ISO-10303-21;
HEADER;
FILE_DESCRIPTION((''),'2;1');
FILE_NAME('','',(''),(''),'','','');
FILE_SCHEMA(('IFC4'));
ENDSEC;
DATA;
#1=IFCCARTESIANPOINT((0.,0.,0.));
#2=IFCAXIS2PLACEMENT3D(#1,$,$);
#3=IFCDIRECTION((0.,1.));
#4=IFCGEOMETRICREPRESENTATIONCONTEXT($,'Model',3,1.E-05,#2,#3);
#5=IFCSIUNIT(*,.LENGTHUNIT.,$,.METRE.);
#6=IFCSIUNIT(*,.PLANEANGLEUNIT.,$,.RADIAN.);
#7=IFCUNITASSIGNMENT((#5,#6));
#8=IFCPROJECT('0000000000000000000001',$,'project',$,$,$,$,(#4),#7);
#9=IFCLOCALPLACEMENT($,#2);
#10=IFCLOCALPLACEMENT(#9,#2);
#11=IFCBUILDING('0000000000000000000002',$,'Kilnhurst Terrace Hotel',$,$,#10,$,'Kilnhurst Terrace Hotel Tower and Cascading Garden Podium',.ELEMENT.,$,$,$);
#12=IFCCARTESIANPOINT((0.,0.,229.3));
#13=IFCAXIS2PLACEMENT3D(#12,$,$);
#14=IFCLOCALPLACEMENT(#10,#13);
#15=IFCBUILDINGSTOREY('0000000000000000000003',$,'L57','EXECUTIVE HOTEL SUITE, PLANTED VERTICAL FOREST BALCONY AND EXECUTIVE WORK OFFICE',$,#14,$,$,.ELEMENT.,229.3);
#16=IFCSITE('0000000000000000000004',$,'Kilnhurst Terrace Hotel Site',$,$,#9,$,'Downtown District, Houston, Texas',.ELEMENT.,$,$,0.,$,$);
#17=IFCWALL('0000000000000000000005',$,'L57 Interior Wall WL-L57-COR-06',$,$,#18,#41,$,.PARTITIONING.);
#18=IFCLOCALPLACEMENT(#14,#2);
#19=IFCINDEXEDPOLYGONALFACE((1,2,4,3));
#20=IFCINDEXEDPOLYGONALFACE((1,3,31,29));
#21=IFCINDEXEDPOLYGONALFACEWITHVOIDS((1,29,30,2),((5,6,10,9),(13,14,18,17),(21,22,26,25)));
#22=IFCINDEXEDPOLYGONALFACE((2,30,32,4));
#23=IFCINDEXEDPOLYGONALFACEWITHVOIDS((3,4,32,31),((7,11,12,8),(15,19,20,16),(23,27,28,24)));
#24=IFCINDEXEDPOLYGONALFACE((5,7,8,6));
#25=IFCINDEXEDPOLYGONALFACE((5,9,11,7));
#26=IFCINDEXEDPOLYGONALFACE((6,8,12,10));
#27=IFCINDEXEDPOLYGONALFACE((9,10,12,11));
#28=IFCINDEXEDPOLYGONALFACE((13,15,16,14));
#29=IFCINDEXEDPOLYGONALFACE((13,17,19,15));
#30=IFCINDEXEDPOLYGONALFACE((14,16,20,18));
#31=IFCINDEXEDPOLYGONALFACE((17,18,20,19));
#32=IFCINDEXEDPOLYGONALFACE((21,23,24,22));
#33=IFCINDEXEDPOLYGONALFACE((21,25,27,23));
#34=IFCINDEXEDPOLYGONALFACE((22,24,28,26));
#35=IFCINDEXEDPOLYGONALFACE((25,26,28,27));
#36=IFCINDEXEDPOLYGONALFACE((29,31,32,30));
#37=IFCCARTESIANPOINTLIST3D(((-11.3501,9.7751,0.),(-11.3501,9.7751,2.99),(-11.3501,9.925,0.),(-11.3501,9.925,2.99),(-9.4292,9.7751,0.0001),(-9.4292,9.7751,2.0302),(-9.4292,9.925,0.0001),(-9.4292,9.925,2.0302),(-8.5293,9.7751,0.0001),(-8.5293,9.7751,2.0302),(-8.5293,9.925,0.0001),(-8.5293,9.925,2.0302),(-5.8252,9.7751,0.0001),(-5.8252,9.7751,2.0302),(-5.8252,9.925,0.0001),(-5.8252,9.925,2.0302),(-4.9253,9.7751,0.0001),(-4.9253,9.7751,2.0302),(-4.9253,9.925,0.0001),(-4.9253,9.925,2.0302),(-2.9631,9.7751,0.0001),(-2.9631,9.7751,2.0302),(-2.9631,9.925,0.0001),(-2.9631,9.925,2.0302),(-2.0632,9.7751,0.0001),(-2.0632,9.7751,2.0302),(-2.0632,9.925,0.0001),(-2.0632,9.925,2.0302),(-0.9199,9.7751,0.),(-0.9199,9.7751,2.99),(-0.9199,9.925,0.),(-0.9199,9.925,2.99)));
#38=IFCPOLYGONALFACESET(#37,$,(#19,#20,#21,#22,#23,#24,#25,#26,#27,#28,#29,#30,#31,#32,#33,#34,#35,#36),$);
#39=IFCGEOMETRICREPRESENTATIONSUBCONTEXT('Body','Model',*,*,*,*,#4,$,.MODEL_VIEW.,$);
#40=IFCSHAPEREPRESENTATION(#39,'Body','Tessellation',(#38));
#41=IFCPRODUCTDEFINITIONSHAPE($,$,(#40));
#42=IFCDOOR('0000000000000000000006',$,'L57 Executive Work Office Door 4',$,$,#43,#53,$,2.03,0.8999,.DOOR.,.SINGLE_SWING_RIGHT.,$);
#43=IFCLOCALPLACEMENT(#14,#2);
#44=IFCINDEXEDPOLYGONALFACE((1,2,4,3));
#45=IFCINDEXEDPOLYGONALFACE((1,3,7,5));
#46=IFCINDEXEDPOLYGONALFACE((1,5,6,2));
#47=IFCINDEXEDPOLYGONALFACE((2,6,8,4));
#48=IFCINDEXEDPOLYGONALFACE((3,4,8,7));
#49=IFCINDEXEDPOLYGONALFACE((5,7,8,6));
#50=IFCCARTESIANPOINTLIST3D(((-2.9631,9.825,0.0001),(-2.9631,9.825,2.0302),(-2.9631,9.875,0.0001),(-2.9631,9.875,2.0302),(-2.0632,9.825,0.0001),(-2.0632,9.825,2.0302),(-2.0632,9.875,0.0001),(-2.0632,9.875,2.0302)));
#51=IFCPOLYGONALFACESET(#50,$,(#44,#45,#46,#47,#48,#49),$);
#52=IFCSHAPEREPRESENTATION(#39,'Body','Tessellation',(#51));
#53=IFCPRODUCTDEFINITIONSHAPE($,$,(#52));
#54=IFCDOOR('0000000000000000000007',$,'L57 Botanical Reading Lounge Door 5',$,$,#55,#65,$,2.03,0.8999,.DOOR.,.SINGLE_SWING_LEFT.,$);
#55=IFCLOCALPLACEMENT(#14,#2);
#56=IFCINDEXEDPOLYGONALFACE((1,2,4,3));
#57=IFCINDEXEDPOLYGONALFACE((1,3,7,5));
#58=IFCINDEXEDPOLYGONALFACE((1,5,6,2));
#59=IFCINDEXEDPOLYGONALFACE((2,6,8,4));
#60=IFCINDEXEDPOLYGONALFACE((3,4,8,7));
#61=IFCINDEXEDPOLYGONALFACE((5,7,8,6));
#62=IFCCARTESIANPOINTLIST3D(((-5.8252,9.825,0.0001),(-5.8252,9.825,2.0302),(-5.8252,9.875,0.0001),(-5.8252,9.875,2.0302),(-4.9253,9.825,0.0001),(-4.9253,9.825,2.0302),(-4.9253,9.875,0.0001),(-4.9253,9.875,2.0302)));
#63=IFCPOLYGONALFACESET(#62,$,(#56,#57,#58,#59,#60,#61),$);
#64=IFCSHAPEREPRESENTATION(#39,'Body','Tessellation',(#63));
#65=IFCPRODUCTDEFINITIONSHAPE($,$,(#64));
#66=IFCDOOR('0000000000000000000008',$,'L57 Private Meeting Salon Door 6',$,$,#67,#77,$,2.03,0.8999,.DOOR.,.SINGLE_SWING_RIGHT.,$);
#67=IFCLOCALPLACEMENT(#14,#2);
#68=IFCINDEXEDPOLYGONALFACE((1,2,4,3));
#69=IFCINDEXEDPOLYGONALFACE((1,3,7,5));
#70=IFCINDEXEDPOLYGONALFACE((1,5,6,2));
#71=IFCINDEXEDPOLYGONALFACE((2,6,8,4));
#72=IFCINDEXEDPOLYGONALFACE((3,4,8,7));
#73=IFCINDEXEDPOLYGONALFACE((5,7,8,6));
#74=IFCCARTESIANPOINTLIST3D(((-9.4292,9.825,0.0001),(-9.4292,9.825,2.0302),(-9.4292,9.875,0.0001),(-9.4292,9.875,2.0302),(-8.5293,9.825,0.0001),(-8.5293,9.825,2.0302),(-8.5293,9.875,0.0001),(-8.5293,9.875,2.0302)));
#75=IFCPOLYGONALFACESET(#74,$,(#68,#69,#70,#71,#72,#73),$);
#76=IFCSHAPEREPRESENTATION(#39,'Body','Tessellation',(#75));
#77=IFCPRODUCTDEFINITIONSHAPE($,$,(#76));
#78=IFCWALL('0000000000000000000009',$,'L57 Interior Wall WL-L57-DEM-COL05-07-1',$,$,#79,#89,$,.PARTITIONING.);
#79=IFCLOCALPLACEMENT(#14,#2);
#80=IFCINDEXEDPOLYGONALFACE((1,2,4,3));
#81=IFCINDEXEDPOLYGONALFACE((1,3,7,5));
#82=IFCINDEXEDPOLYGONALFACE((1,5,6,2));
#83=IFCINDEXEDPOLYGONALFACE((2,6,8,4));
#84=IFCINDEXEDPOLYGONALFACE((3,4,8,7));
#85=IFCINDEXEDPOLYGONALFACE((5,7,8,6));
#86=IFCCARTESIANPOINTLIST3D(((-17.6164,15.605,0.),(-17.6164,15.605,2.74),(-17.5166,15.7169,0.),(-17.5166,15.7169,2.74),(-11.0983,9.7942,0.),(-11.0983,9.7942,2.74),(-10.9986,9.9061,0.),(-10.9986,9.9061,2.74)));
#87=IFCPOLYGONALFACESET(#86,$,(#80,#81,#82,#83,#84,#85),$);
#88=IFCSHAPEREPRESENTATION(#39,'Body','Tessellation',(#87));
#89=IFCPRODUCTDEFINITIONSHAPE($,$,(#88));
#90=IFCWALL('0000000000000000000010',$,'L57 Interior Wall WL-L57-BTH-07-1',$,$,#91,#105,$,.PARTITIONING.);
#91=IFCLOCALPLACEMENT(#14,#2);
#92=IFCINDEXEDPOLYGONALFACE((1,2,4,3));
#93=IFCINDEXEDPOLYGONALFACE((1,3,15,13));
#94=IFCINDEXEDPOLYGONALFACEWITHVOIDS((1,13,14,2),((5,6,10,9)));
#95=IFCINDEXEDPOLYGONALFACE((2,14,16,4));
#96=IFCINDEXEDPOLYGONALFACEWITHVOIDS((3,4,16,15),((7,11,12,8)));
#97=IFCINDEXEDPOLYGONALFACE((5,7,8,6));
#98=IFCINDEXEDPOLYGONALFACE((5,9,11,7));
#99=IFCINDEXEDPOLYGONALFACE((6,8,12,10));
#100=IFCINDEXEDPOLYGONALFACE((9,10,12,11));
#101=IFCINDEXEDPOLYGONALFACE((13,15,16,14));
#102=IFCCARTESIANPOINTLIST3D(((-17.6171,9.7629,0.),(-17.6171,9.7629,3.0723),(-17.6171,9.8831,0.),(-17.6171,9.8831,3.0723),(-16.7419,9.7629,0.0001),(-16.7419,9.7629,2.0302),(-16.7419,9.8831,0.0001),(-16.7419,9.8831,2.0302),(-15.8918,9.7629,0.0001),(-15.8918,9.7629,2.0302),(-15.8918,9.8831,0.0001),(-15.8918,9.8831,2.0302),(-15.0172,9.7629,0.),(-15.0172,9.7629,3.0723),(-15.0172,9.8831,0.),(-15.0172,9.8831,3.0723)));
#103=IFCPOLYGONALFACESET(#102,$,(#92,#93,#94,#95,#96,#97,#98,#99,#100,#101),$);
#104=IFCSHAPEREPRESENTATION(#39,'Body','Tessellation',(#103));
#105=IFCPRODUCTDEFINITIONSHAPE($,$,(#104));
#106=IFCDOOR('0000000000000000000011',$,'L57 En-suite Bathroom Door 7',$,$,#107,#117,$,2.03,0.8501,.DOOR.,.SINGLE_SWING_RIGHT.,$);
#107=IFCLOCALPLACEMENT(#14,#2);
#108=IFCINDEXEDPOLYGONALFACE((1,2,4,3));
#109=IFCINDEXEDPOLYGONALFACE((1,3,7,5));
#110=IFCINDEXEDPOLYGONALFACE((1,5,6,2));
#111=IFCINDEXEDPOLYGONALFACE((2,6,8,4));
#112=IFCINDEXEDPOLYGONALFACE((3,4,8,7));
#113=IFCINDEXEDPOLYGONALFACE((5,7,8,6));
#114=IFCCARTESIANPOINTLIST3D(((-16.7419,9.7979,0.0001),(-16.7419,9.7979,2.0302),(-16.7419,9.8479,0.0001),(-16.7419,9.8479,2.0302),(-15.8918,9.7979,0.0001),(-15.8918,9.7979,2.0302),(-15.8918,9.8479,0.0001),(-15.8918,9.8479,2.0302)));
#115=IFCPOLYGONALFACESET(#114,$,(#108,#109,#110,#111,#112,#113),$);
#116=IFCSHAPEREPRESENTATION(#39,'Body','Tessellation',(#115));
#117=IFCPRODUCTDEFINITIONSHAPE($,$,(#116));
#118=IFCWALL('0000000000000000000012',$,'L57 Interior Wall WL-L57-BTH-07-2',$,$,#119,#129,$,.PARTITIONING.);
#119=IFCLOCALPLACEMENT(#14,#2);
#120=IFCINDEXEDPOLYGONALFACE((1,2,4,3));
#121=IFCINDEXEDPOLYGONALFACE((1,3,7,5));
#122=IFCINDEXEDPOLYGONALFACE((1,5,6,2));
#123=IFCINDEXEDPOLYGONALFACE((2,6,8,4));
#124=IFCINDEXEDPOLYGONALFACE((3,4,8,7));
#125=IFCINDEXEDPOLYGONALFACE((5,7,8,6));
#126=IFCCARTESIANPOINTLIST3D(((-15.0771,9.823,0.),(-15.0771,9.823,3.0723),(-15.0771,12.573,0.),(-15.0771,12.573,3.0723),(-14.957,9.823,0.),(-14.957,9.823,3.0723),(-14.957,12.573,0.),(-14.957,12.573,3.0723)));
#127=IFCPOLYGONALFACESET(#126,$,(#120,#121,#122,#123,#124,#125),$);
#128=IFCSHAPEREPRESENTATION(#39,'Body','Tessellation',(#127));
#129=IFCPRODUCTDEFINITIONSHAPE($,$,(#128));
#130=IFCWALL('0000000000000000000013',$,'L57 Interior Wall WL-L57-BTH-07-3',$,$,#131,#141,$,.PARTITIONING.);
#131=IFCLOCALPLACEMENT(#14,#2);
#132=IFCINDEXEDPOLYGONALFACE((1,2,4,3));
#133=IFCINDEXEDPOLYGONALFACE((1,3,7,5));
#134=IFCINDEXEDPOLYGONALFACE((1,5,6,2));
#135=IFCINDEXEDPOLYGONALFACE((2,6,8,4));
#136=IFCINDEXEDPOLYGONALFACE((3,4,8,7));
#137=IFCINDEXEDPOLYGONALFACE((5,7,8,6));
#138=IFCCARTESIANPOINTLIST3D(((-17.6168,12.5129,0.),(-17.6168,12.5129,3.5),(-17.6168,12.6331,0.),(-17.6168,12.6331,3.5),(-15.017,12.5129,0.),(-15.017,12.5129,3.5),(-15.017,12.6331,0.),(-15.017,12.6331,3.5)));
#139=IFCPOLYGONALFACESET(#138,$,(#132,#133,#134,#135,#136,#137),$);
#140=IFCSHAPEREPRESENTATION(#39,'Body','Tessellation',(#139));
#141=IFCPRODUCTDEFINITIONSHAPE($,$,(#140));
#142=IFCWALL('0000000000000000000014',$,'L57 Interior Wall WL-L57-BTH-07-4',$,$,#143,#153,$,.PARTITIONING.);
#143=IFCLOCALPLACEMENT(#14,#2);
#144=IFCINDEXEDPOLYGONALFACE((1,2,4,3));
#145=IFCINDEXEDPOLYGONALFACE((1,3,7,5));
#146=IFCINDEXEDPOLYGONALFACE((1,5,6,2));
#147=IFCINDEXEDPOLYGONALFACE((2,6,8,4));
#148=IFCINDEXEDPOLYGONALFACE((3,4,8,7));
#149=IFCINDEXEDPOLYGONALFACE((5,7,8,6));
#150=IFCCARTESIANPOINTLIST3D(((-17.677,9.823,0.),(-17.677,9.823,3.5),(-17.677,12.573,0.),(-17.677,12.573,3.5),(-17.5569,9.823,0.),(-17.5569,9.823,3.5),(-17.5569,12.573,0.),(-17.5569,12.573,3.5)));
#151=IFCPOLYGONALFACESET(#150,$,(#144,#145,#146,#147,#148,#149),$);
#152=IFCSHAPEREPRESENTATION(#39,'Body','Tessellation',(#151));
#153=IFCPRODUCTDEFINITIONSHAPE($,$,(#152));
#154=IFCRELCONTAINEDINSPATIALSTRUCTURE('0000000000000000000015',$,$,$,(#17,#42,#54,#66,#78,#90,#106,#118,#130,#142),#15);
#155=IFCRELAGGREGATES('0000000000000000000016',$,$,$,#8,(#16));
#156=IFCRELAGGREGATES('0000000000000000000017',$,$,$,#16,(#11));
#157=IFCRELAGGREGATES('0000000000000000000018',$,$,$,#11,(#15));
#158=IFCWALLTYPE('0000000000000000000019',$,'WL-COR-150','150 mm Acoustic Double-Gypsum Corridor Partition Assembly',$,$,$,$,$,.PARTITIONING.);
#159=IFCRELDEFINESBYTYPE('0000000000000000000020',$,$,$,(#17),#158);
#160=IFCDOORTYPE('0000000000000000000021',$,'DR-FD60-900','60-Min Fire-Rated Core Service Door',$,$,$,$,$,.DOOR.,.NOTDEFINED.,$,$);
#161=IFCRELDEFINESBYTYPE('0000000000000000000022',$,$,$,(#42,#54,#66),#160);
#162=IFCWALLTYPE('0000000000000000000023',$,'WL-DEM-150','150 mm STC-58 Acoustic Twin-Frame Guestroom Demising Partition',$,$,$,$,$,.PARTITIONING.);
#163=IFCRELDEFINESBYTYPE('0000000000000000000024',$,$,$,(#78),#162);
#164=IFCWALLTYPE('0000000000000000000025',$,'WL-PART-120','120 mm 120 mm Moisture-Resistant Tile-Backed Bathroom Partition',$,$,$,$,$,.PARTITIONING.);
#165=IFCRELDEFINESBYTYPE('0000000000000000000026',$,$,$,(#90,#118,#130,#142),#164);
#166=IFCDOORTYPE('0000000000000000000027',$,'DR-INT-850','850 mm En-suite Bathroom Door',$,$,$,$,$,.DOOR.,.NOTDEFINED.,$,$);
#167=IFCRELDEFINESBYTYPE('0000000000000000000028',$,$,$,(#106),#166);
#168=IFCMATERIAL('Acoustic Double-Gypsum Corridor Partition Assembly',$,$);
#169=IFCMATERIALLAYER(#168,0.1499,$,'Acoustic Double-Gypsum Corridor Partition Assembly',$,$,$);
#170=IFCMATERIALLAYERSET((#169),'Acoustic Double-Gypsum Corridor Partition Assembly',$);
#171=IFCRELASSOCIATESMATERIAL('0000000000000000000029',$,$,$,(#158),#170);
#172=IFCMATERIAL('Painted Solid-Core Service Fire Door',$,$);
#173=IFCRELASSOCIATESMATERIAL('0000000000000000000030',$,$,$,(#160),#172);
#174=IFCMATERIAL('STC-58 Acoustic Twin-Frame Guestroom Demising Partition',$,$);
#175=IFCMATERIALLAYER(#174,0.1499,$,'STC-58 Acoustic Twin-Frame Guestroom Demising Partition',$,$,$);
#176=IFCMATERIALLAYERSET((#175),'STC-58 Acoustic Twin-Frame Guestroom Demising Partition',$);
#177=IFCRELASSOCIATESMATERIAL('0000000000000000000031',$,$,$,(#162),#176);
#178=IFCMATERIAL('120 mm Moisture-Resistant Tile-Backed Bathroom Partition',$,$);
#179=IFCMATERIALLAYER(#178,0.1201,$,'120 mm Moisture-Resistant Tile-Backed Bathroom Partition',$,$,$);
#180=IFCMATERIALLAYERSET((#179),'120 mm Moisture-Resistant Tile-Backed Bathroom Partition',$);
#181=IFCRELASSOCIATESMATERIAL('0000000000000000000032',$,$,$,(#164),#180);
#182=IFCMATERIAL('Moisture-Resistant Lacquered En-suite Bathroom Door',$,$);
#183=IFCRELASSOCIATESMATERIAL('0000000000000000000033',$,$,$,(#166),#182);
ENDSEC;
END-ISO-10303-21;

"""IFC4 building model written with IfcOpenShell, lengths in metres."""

from ifc_helpers import new_model, si_unit, direction, frame, frame_2d, origin, place, context, subcontext, project, spatial, rectangle, extrude, material, layer, layer_set, type_object, element, fill, save


model = new_model("IFC4")

# Units and contexts
model_context = context("Model", 3, precision=1e-05, world=origin(), true_north=direction((0.0, 1.0)))
body_context = subcontext(model_context, "Body", "Model", "MODEL_VIEW")
ifc_project = project(units=[si_unit("LENGTHUNIT", "METRE"), si_unit("PLANEANGLEUNIT", "RADIAN")], contexts=[model_context])

# Site, building, storey
site_placement = place(None, origin())
site = spatial("IfcSite", under=ifc_project, at=site_placement, Name="Kilnhurst Terrace Hotel Site", LongName="Downtown District, Houston, Texas", CompositionType="ELEMENT", RefElevation=0.0)
building_placement = place(site_placement, origin())
building = spatial("IfcBuilding", under=site, at=building_placement, Name="Kilnhurst Terrace Hotel", LongName="Kilnhurst Terrace Hotel Tower and Cascading Garden Podium", CompositionType="ELEMENT")
storey_placement = place(building_placement, frame((0.0, 0.0, 229.3)))
storey = spatial("IfcBuildingStorey", under=building, at=storey_placement, Name="L57", Description="EXECUTIVE HOTEL SUITE, PLANTED VERTICAL FOREST BALCONY AND EXECUTIVE WORK OFFICE", CompositionType="ELEMENT", Elevation=229.3)

# Wall, openings, doors
ifc_material_1 = material(Name="Acoustic Double-Gypsum Corridor Partition Assembly")
ifc_layer_1 = layer(ifc_material_1, 0.1499, Name="Acoustic Double-Gypsum Corridor Partition Assembly")
ifc_layer_set_1 = layer_set([ifc_layer_1], Name="Acoustic Double-Gypsum Corridor Partition Assembly")
wall_type_1 = type_object("IfcWallType", Name="WL-COR-150", Description="150 mm Acoustic Double-Gypsum Corridor Partition Assembly", PredefinedType="PARTITIONING", material=ifc_layer_set_1)
wall_1_placement = place(storey_placement, frame((-11.3501, 9.8501, 0.0), z_axis=(0.0, 0.0, 1.0), x_axis=(1.0, 0.0, 0.0)))
wall_1 = element("IfcWall", 1, at=wall_1_placement, inside=storey, type_object=wall_type_1, Name="L57 Interior Wall WL-L57-COR-06", PredefinedType="PARTITIONING", context=body_context, shape_type="SweptSolid", body=[
    extrude(rectangle(XDim=10.4302, YDim=0.1499, at=frame_2d((5.2151, 0.0))), origin(), (0.0, 0.0, 1.0), 2.99),
])
opening_1_placement = place(wall_1_placement, frame((8.387, 0.0, 0.0)))
opening_1 = element("IfcOpeningElement", 2, at=opening_1_placement, cuts=wall_1, PredefinedType="OPENING", context=body_context, shape_type="SweptSolid", body=[
    extrude(rectangle(XDim=0.8999, YDim=2.03, at=frame_2d((0.45, 1.0151))), frame((0.0, 0.085, 0.0), z_axis=(0.0, -1.0, 0.0), x_axis=(1.0, 0.0, 0.0)), (0.0, 0.0, 1.0), 0.1699),
])
opening_2_placement = place(wall_1_placement, frame((5.5249, 0.0, 0.0)))
opening_2 = element("IfcOpeningElement", 3, at=opening_2_placement, cuts=wall_1, PredefinedType="OPENING", context=body_context, shape_type="SweptSolid", body=[
    extrude(rectangle(XDim=0.8999, YDim=2.03, at=frame_2d((0.45, 1.0151))), frame((0.0, 0.085, 0.0), z_axis=(0.0, -1.0, 0.0), x_axis=(1.0, 0.0, 0.0)), (0.0, 0.0, 1.0), 0.1699),
])
opening_3_placement = place(wall_1_placement, frame((1.9209, 0.0, 0.0)))
opening_3 = element("IfcOpeningElement", 4, at=opening_3_placement, cuts=wall_1, PredefinedType="OPENING", context=body_context, shape_type="SweptSolid", body=[
    extrude(rectangle(XDim=0.8999, YDim=2.03, at=frame_2d((0.45, 1.0151))), frame((0.0, 0.085, 0.0), z_axis=(0.0, -1.0, 0.0), x_axis=(1.0, 0.0, 0.0)), (0.0, 0.0, 1.0), 0.1699),
])
ifc_material_2 = material(Name="Painted Solid-Core Service Fire Door")
door_type_1 = type_object("IfcDoorType", Name="DR-FD60-900", Description="60-Min Fire-Rated Core Service Door", OperationType="NOTDEFINED", PredefinedType="DOOR", material=ifc_material_2)
door_1_placement = place(opening_1_placement, origin())
door_1 = element("IfcDoor", 5, at=door_1_placement, inside=storey, type_object=door_type_1, Name="L57 Executive Work Office Door 4", OperationType="SINGLE_SWING_RIGHT", OverallHeight=2.03, OverallWidth=0.8999, PredefinedType="DOOR", context=body_context, shape_type="SweptSolid", body=[
    extrude(rectangle(XDim=0.8999, YDim=2.03, at=frame_2d((0.45, 1.0151))), frame((0.0, 0.0249, 0.0), z_axis=(0.0, -1.0, 0.0), x_axis=(1.0, 0.0, 0.0)), (0.0, 0.0, 1.0), 0.05),
])
fill(opening_1, door_1)
door_2_placement = place(opening_2_placement, origin())
door_2 = element("IfcDoor", 6, at=door_2_placement, inside=storey, type_object=door_type_1, Name="L57 Botanical Reading Lounge Door 5", OperationType="SINGLE_SWING_LEFT", OverallHeight=2.03, OverallWidth=0.8999, PredefinedType="DOOR", context=body_context, shape_type="SweptSolid", body=[
    extrude(rectangle(XDim=0.8999, YDim=2.03, at=frame_2d((0.45, 1.0151))), frame((0.0, 0.0249, 0.0), z_axis=(0.0, -1.0, 0.0), x_axis=(1.0, 0.0, 0.0)), (0.0, 0.0, 1.0), 0.05),
])
fill(opening_2, door_2)
door_3_placement = place(opening_3_placement, origin())
door_3 = element("IfcDoor", 7, at=door_3_placement, inside=storey, type_object=door_type_1, Name="L57 Private Meeting Salon Door 6", OperationType="SINGLE_SWING_RIGHT", OverallHeight=2.03, OverallWidth=0.8999, PredefinedType="DOOR", context=body_context, shape_type="SweptSolid", body=[
    extrude(rectangle(XDim=0.8999, YDim=2.03, at=frame_2d((0.45, 1.0151))), frame((0.0, 0.0249, 0.0), z_axis=(0.0, -1.0, 0.0), x_axis=(1.0, 0.0, 0.0)), (0.0, 0.0, 1.0), 0.05),
])
fill(opening_3, door_3)

# Wall
ifc_material_3 = material(Name="STC-58 Acoustic Twin-Frame Guestroom Demising Partition")
ifc_layer_2 = layer(ifc_material_3, 0.1499, Name="STC-58 Acoustic Twin-Frame Guestroom Demising Partition")
ifc_layer_set_2 = layer_set([ifc_layer_2], Name="STC-58 Acoustic Twin-Frame Guestroom Demising Partition")
wall_type_2 = type_object("IfcWallType", Name="WL-DEM-150", Description="150 mm STC-58 Acoustic Twin-Frame Guestroom Demising Partition", PredefinedType="PARTITIONING", material=ifc_layer_set_2)
wall_2_placement = place(storey_placement, frame((-11.0483, 9.8501, 0.0), z_axis=(0.0, 0.0, 1.0), x_axis=(-0.746444, 0.665448, 0.0)))
element("IfcWall", 8, at=wall_2_placement, inside=storey, type_object=wall_type_2, Name="L57 Interior Wall WL-L57-DEM-COL05-07-1", PredefinedType="PARTITIONING", context=body_context, shape_type="SweptSolid", body=[
    extrude(rectangle(XDim=8.7322, YDim=0.1499, at=frame_2d((4.3662, 0.0))), origin(), (0.0, 0.0, 1.0), 2.74),
])

# Wall, opening, door
ifc_material_4 = material(Name="120 mm Moisture-Resistant Tile-Backed Bathroom Partition")
ifc_layer_3 = layer(ifc_material_4, 0.1201, Name="120 mm Moisture-Resistant Tile-Backed Bathroom Partition")
ifc_layer_set_3 = layer_set([ifc_layer_3], Name="120 mm Moisture-Resistant Tile-Backed Bathroom Partition")
wall_type_3 = type_object("IfcWallType", Name="WL-PART-120", Description="120 mm 120 mm Moisture-Resistant Tile-Backed Bathroom Partition", PredefinedType="PARTITIONING", material=ifc_layer_set_3)
wall_3_placement = place(storey_placement, frame((-17.6169, 9.823, 0.0), z_axis=(0.0, 0.0, 1.0), x_axis=(1.0, 0.0, 0.0)))
wall_3 = element("IfcWall", 9, at=wall_3_placement, inside=storey, type_object=wall_type_3, Name="L57 Interior Wall WL-L57-BTH-07-1", PredefinedType="PARTITIONING", context=body_context, shape_type="SweptSolid", body=[
    extrude(rectangle(XDim=2.5999, YDim=0.1201, at=frame_2d((1.2998, 0.0))), origin(), (0.0, 0.0, 1.0), 3.0723),
])
opening_4_placement = place(wall_3_placement, frame((0.875, 0.0, 0.0)))
opening_4 = element("IfcOpeningElement", 10, at=opening_4_placement, cuts=wall_3, PredefinedType="OPENING", context=body_context, shape_type="SweptSolid", body=[
    extrude(rectangle(XDim=0.8501, YDim=2.03, at=frame_2d((0.425, 1.0151))), frame((0.0, 0.0701, 0.0), z_axis=(0.0, -1.0, 0.0), x_axis=(1.0, 0.0, 0.0)), (0.0, 0.0, 1.0), 0.1401),
])
ifc_material_5 = material(Name="Moisture-Resistant Lacquered En-suite Bathroom Door")
door_type_2 = type_object("IfcDoorType", Name="DR-INT-850", Description="850 mm En-suite Bathroom Door", OperationType="NOTDEFINED", PredefinedType="DOOR", material=ifc_material_5)
door_4_placement = place(opening_4_placement, origin())
door_4 = element("IfcDoor", 11, at=door_4_placement, inside=storey, type_object=door_type_2, Name="L57 En-suite Bathroom Door 7", OperationType="SINGLE_SWING_RIGHT", OverallHeight=2.03, OverallWidth=0.8501, PredefinedType="DOOR", context=body_context, shape_type="SweptSolid", body=[
    extrude(rectangle(XDim=0.8501, YDim=2.03, at=frame_2d((0.425, 1.0151))), frame((0.0, 0.0249, 0.0), z_axis=(0.0, -1.0, 0.0), x_axis=(1.0, 0.0, 0.0)), (0.0, 0.0, 1.0), 0.05),
])
fill(opening_4, door_4)

# Walls
wall_4_placement = place(storey_placement, frame((-15.0171, 9.823, 0.0), z_axis=(0.0, 0.0, 1.0), x_axis=(0.0, 1.0, 0.0)))
element("IfcWall", 12, at=wall_4_placement, inside=storey, type_object=wall_type_3, Name="L57 Interior Wall WL-L57-BTH-07-2", PredefinedType="PARTITIONING", context=body_context, shape_type="SweptSolid", body=[
    extrude(rectangle(XDim=2.75, YDim=0.1201, at=frame_2d((1.375, 0.0))), origin(), (0.0, 0.0, 1.0), 3.0723),
])
wall_5_placement = place(storey_placement, frame((-15.0171, 12.573, 0.0), z_axis=(0.0, 0.0, 1.0), x_axis=(-1.0, 0.0, 0.0)))
element("IfcWall", 13, at=wall_5_placement, inside=storey, type_object=wall_type_3, Name="L57 Interior Wall WL-L57-BTH-07-3", PredefinedType="PARTITIONING", context=body_context, shape_type="SweptSolid", body=[
    extrude(rectangle(XDim=2.5999, YDim=0.1201, at=frame_2d((1.2998, 0.0))), origin(), (0.0, 0.0, 1.0), 3.5),
])
wall_6_placement = place(storey_placement, frame((-17.6169, 12.573, 0.0), z_axis=(0.0, 0.0, 1.0), x_axis=(0.0, -1.0, 0.0)))
element("IfcWall", 14, at=wall_6_placement, inside=storey, type_object=wall_type_3, Name="L57 Interior Wall WL-L57-BTH-07-4", PredefinedType="PARTITIONING", context=body_context, shape_type="SweptSolid", body=[
    extrude(rectangle(XDim=2.75, YDim=0.1201, at=frame_2d((1.375, 0.0))), origin(), (0.0, 0.0, 1.0), 3.5),
])

save(model, "model.ifc")
